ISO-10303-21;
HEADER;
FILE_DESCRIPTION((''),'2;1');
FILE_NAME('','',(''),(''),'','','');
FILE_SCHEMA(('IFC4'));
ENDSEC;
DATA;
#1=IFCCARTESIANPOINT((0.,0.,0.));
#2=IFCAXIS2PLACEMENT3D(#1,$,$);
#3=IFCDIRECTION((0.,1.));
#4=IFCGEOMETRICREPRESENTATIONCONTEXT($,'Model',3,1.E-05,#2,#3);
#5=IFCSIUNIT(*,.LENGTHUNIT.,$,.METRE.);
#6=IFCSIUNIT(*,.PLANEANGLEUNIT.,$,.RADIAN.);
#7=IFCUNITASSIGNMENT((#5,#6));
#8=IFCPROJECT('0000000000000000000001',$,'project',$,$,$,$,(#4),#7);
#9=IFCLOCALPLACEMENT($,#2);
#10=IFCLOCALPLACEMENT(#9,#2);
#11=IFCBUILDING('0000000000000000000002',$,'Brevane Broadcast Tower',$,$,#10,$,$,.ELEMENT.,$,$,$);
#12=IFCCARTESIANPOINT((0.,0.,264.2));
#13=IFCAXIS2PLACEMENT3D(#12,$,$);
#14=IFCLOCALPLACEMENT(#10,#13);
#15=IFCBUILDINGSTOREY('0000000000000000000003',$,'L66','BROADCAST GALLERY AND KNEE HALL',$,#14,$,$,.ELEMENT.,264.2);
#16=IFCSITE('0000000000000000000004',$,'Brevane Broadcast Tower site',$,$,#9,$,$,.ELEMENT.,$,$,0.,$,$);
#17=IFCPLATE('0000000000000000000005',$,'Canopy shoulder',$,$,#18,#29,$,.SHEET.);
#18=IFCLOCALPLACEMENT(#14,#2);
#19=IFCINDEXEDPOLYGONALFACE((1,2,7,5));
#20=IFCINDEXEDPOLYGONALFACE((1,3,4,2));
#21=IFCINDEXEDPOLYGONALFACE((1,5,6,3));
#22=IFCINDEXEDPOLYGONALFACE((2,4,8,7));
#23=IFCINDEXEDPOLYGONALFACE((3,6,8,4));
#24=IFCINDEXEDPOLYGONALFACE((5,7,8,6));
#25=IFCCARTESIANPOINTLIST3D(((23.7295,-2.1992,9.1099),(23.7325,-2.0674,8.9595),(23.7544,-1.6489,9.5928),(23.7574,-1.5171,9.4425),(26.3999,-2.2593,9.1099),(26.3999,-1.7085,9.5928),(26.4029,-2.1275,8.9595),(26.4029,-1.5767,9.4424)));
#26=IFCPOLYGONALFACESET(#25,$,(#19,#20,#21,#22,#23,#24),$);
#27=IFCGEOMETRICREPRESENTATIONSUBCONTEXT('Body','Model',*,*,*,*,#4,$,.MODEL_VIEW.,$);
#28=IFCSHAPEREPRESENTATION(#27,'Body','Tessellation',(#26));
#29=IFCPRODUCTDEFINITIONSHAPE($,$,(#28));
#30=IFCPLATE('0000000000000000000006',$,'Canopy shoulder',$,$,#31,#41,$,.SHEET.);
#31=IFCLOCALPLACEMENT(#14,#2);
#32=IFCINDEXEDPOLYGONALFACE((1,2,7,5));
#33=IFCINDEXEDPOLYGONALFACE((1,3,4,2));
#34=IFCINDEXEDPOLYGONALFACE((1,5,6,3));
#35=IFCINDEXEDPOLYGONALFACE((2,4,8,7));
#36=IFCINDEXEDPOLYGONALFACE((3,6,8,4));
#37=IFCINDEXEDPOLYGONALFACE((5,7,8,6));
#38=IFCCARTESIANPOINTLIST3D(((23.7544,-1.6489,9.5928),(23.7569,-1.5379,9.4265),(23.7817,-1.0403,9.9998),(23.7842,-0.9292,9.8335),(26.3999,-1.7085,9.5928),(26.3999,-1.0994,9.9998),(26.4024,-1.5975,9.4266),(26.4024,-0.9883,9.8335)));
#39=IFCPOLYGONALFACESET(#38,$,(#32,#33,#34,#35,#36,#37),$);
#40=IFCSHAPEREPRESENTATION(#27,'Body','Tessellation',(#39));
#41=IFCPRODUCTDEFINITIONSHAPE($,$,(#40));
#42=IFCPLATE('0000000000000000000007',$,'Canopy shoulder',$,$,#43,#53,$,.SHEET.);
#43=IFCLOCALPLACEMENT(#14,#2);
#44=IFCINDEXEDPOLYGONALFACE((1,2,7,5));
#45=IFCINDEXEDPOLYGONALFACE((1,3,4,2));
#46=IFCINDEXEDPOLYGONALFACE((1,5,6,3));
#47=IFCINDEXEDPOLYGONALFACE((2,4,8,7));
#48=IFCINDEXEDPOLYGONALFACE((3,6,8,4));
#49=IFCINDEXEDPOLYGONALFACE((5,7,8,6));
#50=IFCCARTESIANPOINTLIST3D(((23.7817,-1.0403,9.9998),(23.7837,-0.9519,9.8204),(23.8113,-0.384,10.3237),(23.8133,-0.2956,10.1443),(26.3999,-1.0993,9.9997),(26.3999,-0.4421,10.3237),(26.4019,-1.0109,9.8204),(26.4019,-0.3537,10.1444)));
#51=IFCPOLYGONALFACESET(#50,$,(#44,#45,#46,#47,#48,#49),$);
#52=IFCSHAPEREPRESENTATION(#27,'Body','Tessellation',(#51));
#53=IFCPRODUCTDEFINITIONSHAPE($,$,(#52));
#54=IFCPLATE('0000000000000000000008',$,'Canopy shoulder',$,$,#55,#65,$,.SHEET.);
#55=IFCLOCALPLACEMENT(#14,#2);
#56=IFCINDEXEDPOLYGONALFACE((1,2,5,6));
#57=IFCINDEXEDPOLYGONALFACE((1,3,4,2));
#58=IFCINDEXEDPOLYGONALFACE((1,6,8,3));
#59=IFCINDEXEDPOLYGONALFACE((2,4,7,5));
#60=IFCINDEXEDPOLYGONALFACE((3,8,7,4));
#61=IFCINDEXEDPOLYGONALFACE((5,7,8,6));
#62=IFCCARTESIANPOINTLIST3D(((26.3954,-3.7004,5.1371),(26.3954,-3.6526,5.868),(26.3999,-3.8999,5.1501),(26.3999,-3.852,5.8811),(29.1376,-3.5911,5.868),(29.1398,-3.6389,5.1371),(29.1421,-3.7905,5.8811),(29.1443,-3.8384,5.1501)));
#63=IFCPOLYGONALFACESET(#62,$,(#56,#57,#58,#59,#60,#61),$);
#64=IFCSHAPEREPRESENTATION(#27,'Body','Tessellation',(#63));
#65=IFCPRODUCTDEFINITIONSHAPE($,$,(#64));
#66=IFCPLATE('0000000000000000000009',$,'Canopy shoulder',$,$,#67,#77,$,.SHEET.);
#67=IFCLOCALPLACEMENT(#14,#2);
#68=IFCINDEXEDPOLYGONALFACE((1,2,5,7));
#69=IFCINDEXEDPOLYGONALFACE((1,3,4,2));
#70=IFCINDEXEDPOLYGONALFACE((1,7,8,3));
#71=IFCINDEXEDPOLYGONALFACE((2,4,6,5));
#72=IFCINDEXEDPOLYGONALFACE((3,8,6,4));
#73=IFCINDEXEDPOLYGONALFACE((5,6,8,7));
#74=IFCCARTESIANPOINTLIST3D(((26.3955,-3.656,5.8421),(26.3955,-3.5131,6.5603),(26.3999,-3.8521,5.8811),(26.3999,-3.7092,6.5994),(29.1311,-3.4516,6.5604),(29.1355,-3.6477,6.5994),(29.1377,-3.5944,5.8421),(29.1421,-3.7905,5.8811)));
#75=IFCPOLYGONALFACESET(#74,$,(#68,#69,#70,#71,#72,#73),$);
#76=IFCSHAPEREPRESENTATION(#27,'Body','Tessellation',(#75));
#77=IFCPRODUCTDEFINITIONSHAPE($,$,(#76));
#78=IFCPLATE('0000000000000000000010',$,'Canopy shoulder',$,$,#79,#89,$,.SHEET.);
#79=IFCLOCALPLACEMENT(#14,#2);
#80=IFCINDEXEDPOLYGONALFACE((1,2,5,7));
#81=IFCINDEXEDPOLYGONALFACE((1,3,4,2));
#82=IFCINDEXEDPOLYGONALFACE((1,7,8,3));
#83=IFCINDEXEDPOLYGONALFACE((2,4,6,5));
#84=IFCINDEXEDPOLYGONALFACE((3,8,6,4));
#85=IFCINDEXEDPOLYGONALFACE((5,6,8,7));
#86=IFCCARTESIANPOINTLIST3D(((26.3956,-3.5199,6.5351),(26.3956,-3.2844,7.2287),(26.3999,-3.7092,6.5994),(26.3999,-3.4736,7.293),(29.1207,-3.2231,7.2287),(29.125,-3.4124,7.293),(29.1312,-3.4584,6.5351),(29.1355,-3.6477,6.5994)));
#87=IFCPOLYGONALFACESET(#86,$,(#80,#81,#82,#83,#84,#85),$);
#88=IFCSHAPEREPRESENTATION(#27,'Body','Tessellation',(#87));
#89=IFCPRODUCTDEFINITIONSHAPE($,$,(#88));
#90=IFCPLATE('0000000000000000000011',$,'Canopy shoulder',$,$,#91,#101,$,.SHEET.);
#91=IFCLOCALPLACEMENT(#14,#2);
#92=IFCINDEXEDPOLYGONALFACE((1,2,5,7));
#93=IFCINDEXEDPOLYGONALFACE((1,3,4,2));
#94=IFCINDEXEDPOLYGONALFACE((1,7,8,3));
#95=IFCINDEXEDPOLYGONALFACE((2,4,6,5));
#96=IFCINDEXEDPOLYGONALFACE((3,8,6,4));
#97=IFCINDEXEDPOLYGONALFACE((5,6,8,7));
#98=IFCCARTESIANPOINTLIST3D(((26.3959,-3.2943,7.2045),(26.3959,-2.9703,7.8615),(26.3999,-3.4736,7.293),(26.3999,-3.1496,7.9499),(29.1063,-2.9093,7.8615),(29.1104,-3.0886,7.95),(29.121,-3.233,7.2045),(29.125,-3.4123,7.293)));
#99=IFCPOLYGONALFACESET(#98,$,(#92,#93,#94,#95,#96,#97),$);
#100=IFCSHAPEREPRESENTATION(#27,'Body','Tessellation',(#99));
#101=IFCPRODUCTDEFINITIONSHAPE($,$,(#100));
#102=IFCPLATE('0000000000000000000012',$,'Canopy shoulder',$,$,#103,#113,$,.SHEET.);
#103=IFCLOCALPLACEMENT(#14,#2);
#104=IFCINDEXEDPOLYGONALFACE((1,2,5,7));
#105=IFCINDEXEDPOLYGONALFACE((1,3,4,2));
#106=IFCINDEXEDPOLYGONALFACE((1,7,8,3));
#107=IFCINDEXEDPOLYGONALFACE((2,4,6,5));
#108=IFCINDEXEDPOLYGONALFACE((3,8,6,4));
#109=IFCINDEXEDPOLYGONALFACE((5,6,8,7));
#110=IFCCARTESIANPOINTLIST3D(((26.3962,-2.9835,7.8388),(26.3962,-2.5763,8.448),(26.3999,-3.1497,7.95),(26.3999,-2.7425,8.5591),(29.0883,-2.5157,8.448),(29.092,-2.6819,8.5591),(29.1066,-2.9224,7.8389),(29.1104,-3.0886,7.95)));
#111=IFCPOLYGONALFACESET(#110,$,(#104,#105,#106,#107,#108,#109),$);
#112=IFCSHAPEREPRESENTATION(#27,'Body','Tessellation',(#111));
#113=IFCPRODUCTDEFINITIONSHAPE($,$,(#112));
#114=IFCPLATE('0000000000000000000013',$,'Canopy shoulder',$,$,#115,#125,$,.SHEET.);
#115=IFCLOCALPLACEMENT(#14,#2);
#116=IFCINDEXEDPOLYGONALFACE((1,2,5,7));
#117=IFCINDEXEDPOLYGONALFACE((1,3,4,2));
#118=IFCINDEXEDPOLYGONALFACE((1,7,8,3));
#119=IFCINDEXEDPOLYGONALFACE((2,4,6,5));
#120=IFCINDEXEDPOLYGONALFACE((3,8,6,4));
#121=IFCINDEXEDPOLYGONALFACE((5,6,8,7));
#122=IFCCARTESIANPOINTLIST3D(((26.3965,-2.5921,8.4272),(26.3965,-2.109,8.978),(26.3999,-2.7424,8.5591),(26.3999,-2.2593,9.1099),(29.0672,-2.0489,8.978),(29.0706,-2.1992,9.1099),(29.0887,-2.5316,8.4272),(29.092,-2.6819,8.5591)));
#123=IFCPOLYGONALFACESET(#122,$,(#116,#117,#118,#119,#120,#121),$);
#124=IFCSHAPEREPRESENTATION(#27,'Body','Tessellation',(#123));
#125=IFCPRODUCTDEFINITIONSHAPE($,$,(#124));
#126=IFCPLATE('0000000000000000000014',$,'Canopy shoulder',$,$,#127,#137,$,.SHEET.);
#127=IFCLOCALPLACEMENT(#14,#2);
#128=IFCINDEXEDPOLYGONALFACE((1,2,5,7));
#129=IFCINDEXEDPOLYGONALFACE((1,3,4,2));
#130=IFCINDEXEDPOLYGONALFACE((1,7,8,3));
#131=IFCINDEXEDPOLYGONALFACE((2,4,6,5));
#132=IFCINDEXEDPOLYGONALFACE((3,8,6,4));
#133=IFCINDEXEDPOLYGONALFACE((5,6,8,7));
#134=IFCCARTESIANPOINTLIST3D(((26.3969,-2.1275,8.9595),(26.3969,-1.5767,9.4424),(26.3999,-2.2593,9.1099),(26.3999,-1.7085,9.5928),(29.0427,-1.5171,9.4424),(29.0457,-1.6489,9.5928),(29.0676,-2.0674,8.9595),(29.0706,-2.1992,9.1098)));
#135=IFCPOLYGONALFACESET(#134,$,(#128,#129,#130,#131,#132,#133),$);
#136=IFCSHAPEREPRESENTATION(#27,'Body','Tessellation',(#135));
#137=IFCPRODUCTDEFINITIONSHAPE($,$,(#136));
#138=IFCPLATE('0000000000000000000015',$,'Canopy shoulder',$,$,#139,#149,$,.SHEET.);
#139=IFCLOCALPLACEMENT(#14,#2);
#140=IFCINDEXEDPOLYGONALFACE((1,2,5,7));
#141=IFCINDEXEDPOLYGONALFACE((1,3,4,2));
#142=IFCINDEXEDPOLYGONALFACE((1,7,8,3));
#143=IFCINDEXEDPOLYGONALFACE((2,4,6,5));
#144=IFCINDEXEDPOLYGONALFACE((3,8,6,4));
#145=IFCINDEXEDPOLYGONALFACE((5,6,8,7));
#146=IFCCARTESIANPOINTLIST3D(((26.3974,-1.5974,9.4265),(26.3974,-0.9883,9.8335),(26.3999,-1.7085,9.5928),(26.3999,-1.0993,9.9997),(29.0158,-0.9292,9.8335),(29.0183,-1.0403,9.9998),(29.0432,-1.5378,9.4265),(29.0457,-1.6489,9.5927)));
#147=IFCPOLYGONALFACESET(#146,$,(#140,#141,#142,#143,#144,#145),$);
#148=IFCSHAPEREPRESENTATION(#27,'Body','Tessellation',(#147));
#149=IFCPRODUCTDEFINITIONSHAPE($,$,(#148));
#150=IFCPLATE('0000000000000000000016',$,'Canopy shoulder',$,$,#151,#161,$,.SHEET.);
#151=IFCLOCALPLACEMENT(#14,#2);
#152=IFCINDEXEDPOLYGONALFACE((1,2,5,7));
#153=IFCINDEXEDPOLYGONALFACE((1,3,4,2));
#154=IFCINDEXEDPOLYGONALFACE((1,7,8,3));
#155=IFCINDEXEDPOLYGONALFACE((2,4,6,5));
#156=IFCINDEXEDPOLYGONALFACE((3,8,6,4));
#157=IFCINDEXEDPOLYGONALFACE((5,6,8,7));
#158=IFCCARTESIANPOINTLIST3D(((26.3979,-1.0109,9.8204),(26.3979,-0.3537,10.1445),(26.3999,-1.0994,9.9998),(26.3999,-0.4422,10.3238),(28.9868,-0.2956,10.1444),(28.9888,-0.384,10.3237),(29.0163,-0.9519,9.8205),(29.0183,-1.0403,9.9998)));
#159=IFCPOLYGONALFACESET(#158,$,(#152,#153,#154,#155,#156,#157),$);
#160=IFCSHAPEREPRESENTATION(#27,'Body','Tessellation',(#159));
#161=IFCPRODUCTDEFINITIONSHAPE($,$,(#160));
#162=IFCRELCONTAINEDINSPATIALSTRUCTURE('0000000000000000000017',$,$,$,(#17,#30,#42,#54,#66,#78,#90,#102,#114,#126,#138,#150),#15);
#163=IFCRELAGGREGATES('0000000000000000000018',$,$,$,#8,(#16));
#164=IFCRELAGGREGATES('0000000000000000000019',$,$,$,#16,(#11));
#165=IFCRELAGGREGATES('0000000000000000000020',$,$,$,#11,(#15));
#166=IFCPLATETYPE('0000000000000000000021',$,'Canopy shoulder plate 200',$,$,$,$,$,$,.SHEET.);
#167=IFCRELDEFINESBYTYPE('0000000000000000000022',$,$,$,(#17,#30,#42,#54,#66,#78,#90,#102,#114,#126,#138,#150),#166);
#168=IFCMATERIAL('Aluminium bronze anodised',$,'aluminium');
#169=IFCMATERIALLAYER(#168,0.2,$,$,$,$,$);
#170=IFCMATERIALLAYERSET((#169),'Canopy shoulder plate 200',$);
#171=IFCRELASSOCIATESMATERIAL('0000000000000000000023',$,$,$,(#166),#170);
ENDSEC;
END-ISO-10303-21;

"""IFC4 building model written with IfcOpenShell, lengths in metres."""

from ifc_helpers import new_model, si_unit, direction, frame, origin, place, context, subcontext, project, spatial, polyline, outline, extrude, material, layer, layer_set, type_object, element, save


model = new_model("IFC4")

# Units and contexts
model_context = context("Model", 3, precision=1e-05, world=origin(), true_north=direction((0.0, 1.0)))
body_context = subcontext(model_context, "Body", "Model", "MODEL_VIEW")
ifc_project = project(units=[si_unit("LENGTHUNIT", "METRE"), si_unit("PLANEANGLEUNIT", "RADIAN")], contexts=[model_context])

# Site, building, storey
site_placement = place(None, origin())
site = spatial("IfcSite", under=ifc_project, at=site_placement, Name="Brevane Broadcast Tower site", CompositionType="ELEMENT", RefElevation=0.0)
building_placement = place(site_placement, origin())
building = spatial("IfcBuilding", under=site, at=building_placement, Name="Brevane Broadcast Tower", CompositionType="ELEMENT")
storey_placement = place(building_placement, frame((0.0, 0.0, 264.2)))
storey = spatial("IfcBuildingStorey", under=building, at=storey_placement, Name="L66", Description="BROADCAST GALLERY AND KNEE HALL", CompositionType="ELEMENT", Elevation=264.2)

# Plates
ifc_material = material(Name="Aluminium bronze anodised", Category="aluminium")
ifc_layer = layer(ifc_material, 0.2)
ifc_layer_set = layer_set([ifc_layer], Name="Canopy shoulder plate 200")
plate_type = type_object("IfcPlateType", Name="Canopy shoulder plate 200", PredefinedType="SHEET", material=ifc_layer_set)
plate_1_placement = place(storey_placement, frame((23.7295, -2.1992, 9.1099), z_axis=(-0.014834, -0.659162, 0.751854), x_axis=(0.999747, -0.022491, 0.000007)))
element("IfcPlate", 1, at=plate_1_placement, inside=storey, type_object=plate_type, Name="Canopy shoulder", PredefinedType="SHEET", context=body_context, shape_type="SweptSolid", body=[
    extrude(outline(polyline([(0.0, 0.0), (2.6711, 0.0), (2.6587, 0.7324), (0.0125, 0.7325), (0.0, 0.0)])), origin(), (0.0, 0.0, -1.0), 0.2),
])
plate_2_placement = place(storey_placement, frame((23.7544, -1.6489, 9.5928), z_axis=(-0.012521, -0.555462, 0.831448), x_axis=(0.999746, -0.022519, 0.000011)))
element("IfcPlate", 2, at=plate_2_placement, inside=storey, type_object=plate_type, Name="Canopy shoulder", PredefinedType="SHEET", context=body_context, shape_type="SweptSolid", body=[
    extrude(outline(polyline([(0.0, 0.0), (2.6462, 0.0), (2.6325, 0.7325), (0.0136, 0.7326), (0.0, 0.0)])), origin(), (0.0, 0.0, -1.0), 0.2),
])
plate_3_placement = place(storey_placement, frame((23.7817, -1.0403, 9.9998), z_axis=(-0.009953, -0.442204, 0.896859), x_axis=(0.999746, -0.022549, -0.000024)))
element("IfcPlate", 3, at=plate_3_placement, inside=storey, type_object=plate_type, Name="Canopy shoulder", PredefinedType="SHEET", context=body_context, shape_type="SweptSolid", body=[
    extrude(outline(polyline([(0.0, 0.0), (2.6188, 0.0), (2.604, 0.7326), (0.0147, 0.7323), (0.0, 0.0)])), origin(), (0.0, 0.0, -1.0), 0.2),
])
plate_4_placement = place(storey_placement, frame((26.3999, -3.8999, 5.1501), z_axis=(0.022373, -0.997612, 0.065342), x_axis=(0.999749, 0.022421, -0.000001)))
element("IfcPlate", 4, at=plate_4_placement, inside=storey, type_object=plate_type, Name="Canopy shoulder", PredefinedType="SHEET", context=body_context, shape_type="SweptSolid", body=[
    extrude(outline(polyline([(0.0, 0.0), (2.7451, 0.0), (2.744, 0.7325), (0.0011, 0.7325), (0.0, 0.0)])), origin(), (0.0, 0.0, -1.0), 0.2),
])
plate_5_placement = place(storey_placement, frame((26.3999, -3.8521, 5.8811), z_axis=(0.022026, -0.980541, 0.195076), x_axis=(0.999748, 0.022456, -0.000005)))
element("IfcPlate", 5, at=plate_5_placement, inside=storey, type_object=plate_type, Name="Canopy shoulder", PredefinedType="SHEET", context=body_context, shape_type="SweptSolid", body=[
    extrude(outline(polyline([(0.0, 0.0), (2.7429, 0.0), (2.7395, 0.7323), (0.0032, 0.7323), (0.0, 0.0)])), origin(), (0.0, 0.0, -1.0), 0.2),
])
plate_6_placement = place(storey_placement, frame((26.3999, -3.7092, 6.5994), z_axis=(0.021289, -0.946655, 0.321544), x_axis=(0.999747, 0.022483, 0.0)))
element("IfcPlate", 6, at=plate_6_placement, inside=storey, type_object=plate_type, Name="Canopy shoulder", PredefinedType="SHEET", context=body_context, shape_type="SweptSolid", body=[
    extrude(outline(polyline([(0.0, 0.0), (2.7363, 0.0), (2.7311, 0.7325), (0.0053, 0.7325), (0.0, 0.0)])), origin(), (0.0, 0.0, -1.0), 0.2),
])
plate_7_placement = place(storey_placement, frame((26.3999, -3.4736, 7.293), z_axis=(0.020178, -0.896674, 0.442231), x_axis=(0.999747, 0.022494, -0.000006)))
element("IfcPlate", 7, at=plate_7_placement, inside=storey, type_object=plate_type, Name="Canopy shoulder", PredefinedType="SHEET", context=body_context, shape_type="SweptSolid", body=[
    extrude(outline(polyline([(0.0, 0.0), (2.7258, 0.0), (2.7184, 0.7325), (0.0073, 0.7325), (0.0, 0.0)])), origin(), (0.0, 0.0, -1.0), 0.2),
])
plate_8_placement = place(storey_placement, frame((26.3999, -3.1497, 7.95), z_axis=(0.018706, -0.831211, 0.555643), x_axis=(0.999747, 0.022503, 0.000006)))
element("IfcPlate", 8, at=plate_8_placement, inside=storey, type_object=plate_type, Name="Canopy shoulder", PredefinedType="SHEET", context=body_context, shape_type="SweptSolid", body=[
    extrude(outline(polyline([(0.0, 0.0), (2.7111, 0.0), (2.702, 0.7326), (0.0092, 0.7327), (0.0, 0.0)])), origin(), (0.0, 0.0, -1.0), 0.2),
])
plate_9_placement = place(storey_placement, frame((26.3999, -2.7424, 8.5591), z_axis=(0.016904, -0.751645, 0.659352), x_axis=(0.999747, 0.022484, 0.0)))
element("IfcPlate", 9, at=plate_9_placement, inside=storey, type_object=plate_type, Name="Canopy shoulder", PredefinedType="SHEET", context=body_context, shape_type="SweptSolid", body=[
    extrude(outline(polyline([(0.0, 0.0), (2.6928, 0.0), (2.6822, 0.7326), (0.0109, 0.7326), (0.0, 0.0)])), origin(), (0.0, 0.0, -1.0), 0.2),
])
plate_10_placement = place(storey_placement, frame((26.3999, -2.2593, 9.1099), z_axis=(0.014832, -0.659162, 0.751854), x_axis=(0.999747, 0.022489, -0.000007)))
element("IfcPlate", 10, at=plate_10_placement, inside=storey, type_object=plate_type, Name="Canopy shoulder", PredefinedType="SHEET", context=body_context, shape_type="SweptSolid", body=[
    extrude(outline(polyline([(0.0, 0.0), (2.6713, 0.0), (2.6588, 0.7325), (0.0124, 0.7324), (0.0, 0.0)])), origin(), (0.0, 0.0, -1.0), 0.2),
])
plate_11_placement = place(storey_placement, frame((26.3999, -1.7085, 9.5928), z_axis=(0.01252, -0.555462, 0.831448), x_axis=(0.999746, 0.022517, -0.000011)))
element("IfcPlate", 11, at=plate_11_placement, inside=storey, type_object=plate_type, Name="Canopy shoulder", PredefinedType="SHEET", context=body_context, shape_type="SweptSolid", body=[
    extrude(outline(polyline([(0.0, 0.0), (2.6464, 0.0), (2.6328, 0.7326), (0.0137, 0.7325), (0.0, 0.0)])), origin(), (0.0, 0.0, -1.0), 0.2),
])
plate_12_placement = place(storey_placement, frame((26.3999, -1.0994, 9.9998), z_axis=(0.009952, -0.442204, 0.896859), x_axis=(0.999746, 0.022547, 0.000024)))
element("IfcPlate", 12, at=plate_12_placement, inside=storey, type_object=plate_type, Name="Canopy shoulder", PredefinedType="SHEET", context=body_context, shape_type="SweptSolid", body=[
    extrude(outline(polyline([(0.0, 0.0), (2.6191, 0.0), (2.6043, 0.7323), (0.0148, 0.7326), (0.0, 0.0)])), origin(), (0.0, 0.0, -1.0), 0.2),
])

save(model, "model.ifc")
